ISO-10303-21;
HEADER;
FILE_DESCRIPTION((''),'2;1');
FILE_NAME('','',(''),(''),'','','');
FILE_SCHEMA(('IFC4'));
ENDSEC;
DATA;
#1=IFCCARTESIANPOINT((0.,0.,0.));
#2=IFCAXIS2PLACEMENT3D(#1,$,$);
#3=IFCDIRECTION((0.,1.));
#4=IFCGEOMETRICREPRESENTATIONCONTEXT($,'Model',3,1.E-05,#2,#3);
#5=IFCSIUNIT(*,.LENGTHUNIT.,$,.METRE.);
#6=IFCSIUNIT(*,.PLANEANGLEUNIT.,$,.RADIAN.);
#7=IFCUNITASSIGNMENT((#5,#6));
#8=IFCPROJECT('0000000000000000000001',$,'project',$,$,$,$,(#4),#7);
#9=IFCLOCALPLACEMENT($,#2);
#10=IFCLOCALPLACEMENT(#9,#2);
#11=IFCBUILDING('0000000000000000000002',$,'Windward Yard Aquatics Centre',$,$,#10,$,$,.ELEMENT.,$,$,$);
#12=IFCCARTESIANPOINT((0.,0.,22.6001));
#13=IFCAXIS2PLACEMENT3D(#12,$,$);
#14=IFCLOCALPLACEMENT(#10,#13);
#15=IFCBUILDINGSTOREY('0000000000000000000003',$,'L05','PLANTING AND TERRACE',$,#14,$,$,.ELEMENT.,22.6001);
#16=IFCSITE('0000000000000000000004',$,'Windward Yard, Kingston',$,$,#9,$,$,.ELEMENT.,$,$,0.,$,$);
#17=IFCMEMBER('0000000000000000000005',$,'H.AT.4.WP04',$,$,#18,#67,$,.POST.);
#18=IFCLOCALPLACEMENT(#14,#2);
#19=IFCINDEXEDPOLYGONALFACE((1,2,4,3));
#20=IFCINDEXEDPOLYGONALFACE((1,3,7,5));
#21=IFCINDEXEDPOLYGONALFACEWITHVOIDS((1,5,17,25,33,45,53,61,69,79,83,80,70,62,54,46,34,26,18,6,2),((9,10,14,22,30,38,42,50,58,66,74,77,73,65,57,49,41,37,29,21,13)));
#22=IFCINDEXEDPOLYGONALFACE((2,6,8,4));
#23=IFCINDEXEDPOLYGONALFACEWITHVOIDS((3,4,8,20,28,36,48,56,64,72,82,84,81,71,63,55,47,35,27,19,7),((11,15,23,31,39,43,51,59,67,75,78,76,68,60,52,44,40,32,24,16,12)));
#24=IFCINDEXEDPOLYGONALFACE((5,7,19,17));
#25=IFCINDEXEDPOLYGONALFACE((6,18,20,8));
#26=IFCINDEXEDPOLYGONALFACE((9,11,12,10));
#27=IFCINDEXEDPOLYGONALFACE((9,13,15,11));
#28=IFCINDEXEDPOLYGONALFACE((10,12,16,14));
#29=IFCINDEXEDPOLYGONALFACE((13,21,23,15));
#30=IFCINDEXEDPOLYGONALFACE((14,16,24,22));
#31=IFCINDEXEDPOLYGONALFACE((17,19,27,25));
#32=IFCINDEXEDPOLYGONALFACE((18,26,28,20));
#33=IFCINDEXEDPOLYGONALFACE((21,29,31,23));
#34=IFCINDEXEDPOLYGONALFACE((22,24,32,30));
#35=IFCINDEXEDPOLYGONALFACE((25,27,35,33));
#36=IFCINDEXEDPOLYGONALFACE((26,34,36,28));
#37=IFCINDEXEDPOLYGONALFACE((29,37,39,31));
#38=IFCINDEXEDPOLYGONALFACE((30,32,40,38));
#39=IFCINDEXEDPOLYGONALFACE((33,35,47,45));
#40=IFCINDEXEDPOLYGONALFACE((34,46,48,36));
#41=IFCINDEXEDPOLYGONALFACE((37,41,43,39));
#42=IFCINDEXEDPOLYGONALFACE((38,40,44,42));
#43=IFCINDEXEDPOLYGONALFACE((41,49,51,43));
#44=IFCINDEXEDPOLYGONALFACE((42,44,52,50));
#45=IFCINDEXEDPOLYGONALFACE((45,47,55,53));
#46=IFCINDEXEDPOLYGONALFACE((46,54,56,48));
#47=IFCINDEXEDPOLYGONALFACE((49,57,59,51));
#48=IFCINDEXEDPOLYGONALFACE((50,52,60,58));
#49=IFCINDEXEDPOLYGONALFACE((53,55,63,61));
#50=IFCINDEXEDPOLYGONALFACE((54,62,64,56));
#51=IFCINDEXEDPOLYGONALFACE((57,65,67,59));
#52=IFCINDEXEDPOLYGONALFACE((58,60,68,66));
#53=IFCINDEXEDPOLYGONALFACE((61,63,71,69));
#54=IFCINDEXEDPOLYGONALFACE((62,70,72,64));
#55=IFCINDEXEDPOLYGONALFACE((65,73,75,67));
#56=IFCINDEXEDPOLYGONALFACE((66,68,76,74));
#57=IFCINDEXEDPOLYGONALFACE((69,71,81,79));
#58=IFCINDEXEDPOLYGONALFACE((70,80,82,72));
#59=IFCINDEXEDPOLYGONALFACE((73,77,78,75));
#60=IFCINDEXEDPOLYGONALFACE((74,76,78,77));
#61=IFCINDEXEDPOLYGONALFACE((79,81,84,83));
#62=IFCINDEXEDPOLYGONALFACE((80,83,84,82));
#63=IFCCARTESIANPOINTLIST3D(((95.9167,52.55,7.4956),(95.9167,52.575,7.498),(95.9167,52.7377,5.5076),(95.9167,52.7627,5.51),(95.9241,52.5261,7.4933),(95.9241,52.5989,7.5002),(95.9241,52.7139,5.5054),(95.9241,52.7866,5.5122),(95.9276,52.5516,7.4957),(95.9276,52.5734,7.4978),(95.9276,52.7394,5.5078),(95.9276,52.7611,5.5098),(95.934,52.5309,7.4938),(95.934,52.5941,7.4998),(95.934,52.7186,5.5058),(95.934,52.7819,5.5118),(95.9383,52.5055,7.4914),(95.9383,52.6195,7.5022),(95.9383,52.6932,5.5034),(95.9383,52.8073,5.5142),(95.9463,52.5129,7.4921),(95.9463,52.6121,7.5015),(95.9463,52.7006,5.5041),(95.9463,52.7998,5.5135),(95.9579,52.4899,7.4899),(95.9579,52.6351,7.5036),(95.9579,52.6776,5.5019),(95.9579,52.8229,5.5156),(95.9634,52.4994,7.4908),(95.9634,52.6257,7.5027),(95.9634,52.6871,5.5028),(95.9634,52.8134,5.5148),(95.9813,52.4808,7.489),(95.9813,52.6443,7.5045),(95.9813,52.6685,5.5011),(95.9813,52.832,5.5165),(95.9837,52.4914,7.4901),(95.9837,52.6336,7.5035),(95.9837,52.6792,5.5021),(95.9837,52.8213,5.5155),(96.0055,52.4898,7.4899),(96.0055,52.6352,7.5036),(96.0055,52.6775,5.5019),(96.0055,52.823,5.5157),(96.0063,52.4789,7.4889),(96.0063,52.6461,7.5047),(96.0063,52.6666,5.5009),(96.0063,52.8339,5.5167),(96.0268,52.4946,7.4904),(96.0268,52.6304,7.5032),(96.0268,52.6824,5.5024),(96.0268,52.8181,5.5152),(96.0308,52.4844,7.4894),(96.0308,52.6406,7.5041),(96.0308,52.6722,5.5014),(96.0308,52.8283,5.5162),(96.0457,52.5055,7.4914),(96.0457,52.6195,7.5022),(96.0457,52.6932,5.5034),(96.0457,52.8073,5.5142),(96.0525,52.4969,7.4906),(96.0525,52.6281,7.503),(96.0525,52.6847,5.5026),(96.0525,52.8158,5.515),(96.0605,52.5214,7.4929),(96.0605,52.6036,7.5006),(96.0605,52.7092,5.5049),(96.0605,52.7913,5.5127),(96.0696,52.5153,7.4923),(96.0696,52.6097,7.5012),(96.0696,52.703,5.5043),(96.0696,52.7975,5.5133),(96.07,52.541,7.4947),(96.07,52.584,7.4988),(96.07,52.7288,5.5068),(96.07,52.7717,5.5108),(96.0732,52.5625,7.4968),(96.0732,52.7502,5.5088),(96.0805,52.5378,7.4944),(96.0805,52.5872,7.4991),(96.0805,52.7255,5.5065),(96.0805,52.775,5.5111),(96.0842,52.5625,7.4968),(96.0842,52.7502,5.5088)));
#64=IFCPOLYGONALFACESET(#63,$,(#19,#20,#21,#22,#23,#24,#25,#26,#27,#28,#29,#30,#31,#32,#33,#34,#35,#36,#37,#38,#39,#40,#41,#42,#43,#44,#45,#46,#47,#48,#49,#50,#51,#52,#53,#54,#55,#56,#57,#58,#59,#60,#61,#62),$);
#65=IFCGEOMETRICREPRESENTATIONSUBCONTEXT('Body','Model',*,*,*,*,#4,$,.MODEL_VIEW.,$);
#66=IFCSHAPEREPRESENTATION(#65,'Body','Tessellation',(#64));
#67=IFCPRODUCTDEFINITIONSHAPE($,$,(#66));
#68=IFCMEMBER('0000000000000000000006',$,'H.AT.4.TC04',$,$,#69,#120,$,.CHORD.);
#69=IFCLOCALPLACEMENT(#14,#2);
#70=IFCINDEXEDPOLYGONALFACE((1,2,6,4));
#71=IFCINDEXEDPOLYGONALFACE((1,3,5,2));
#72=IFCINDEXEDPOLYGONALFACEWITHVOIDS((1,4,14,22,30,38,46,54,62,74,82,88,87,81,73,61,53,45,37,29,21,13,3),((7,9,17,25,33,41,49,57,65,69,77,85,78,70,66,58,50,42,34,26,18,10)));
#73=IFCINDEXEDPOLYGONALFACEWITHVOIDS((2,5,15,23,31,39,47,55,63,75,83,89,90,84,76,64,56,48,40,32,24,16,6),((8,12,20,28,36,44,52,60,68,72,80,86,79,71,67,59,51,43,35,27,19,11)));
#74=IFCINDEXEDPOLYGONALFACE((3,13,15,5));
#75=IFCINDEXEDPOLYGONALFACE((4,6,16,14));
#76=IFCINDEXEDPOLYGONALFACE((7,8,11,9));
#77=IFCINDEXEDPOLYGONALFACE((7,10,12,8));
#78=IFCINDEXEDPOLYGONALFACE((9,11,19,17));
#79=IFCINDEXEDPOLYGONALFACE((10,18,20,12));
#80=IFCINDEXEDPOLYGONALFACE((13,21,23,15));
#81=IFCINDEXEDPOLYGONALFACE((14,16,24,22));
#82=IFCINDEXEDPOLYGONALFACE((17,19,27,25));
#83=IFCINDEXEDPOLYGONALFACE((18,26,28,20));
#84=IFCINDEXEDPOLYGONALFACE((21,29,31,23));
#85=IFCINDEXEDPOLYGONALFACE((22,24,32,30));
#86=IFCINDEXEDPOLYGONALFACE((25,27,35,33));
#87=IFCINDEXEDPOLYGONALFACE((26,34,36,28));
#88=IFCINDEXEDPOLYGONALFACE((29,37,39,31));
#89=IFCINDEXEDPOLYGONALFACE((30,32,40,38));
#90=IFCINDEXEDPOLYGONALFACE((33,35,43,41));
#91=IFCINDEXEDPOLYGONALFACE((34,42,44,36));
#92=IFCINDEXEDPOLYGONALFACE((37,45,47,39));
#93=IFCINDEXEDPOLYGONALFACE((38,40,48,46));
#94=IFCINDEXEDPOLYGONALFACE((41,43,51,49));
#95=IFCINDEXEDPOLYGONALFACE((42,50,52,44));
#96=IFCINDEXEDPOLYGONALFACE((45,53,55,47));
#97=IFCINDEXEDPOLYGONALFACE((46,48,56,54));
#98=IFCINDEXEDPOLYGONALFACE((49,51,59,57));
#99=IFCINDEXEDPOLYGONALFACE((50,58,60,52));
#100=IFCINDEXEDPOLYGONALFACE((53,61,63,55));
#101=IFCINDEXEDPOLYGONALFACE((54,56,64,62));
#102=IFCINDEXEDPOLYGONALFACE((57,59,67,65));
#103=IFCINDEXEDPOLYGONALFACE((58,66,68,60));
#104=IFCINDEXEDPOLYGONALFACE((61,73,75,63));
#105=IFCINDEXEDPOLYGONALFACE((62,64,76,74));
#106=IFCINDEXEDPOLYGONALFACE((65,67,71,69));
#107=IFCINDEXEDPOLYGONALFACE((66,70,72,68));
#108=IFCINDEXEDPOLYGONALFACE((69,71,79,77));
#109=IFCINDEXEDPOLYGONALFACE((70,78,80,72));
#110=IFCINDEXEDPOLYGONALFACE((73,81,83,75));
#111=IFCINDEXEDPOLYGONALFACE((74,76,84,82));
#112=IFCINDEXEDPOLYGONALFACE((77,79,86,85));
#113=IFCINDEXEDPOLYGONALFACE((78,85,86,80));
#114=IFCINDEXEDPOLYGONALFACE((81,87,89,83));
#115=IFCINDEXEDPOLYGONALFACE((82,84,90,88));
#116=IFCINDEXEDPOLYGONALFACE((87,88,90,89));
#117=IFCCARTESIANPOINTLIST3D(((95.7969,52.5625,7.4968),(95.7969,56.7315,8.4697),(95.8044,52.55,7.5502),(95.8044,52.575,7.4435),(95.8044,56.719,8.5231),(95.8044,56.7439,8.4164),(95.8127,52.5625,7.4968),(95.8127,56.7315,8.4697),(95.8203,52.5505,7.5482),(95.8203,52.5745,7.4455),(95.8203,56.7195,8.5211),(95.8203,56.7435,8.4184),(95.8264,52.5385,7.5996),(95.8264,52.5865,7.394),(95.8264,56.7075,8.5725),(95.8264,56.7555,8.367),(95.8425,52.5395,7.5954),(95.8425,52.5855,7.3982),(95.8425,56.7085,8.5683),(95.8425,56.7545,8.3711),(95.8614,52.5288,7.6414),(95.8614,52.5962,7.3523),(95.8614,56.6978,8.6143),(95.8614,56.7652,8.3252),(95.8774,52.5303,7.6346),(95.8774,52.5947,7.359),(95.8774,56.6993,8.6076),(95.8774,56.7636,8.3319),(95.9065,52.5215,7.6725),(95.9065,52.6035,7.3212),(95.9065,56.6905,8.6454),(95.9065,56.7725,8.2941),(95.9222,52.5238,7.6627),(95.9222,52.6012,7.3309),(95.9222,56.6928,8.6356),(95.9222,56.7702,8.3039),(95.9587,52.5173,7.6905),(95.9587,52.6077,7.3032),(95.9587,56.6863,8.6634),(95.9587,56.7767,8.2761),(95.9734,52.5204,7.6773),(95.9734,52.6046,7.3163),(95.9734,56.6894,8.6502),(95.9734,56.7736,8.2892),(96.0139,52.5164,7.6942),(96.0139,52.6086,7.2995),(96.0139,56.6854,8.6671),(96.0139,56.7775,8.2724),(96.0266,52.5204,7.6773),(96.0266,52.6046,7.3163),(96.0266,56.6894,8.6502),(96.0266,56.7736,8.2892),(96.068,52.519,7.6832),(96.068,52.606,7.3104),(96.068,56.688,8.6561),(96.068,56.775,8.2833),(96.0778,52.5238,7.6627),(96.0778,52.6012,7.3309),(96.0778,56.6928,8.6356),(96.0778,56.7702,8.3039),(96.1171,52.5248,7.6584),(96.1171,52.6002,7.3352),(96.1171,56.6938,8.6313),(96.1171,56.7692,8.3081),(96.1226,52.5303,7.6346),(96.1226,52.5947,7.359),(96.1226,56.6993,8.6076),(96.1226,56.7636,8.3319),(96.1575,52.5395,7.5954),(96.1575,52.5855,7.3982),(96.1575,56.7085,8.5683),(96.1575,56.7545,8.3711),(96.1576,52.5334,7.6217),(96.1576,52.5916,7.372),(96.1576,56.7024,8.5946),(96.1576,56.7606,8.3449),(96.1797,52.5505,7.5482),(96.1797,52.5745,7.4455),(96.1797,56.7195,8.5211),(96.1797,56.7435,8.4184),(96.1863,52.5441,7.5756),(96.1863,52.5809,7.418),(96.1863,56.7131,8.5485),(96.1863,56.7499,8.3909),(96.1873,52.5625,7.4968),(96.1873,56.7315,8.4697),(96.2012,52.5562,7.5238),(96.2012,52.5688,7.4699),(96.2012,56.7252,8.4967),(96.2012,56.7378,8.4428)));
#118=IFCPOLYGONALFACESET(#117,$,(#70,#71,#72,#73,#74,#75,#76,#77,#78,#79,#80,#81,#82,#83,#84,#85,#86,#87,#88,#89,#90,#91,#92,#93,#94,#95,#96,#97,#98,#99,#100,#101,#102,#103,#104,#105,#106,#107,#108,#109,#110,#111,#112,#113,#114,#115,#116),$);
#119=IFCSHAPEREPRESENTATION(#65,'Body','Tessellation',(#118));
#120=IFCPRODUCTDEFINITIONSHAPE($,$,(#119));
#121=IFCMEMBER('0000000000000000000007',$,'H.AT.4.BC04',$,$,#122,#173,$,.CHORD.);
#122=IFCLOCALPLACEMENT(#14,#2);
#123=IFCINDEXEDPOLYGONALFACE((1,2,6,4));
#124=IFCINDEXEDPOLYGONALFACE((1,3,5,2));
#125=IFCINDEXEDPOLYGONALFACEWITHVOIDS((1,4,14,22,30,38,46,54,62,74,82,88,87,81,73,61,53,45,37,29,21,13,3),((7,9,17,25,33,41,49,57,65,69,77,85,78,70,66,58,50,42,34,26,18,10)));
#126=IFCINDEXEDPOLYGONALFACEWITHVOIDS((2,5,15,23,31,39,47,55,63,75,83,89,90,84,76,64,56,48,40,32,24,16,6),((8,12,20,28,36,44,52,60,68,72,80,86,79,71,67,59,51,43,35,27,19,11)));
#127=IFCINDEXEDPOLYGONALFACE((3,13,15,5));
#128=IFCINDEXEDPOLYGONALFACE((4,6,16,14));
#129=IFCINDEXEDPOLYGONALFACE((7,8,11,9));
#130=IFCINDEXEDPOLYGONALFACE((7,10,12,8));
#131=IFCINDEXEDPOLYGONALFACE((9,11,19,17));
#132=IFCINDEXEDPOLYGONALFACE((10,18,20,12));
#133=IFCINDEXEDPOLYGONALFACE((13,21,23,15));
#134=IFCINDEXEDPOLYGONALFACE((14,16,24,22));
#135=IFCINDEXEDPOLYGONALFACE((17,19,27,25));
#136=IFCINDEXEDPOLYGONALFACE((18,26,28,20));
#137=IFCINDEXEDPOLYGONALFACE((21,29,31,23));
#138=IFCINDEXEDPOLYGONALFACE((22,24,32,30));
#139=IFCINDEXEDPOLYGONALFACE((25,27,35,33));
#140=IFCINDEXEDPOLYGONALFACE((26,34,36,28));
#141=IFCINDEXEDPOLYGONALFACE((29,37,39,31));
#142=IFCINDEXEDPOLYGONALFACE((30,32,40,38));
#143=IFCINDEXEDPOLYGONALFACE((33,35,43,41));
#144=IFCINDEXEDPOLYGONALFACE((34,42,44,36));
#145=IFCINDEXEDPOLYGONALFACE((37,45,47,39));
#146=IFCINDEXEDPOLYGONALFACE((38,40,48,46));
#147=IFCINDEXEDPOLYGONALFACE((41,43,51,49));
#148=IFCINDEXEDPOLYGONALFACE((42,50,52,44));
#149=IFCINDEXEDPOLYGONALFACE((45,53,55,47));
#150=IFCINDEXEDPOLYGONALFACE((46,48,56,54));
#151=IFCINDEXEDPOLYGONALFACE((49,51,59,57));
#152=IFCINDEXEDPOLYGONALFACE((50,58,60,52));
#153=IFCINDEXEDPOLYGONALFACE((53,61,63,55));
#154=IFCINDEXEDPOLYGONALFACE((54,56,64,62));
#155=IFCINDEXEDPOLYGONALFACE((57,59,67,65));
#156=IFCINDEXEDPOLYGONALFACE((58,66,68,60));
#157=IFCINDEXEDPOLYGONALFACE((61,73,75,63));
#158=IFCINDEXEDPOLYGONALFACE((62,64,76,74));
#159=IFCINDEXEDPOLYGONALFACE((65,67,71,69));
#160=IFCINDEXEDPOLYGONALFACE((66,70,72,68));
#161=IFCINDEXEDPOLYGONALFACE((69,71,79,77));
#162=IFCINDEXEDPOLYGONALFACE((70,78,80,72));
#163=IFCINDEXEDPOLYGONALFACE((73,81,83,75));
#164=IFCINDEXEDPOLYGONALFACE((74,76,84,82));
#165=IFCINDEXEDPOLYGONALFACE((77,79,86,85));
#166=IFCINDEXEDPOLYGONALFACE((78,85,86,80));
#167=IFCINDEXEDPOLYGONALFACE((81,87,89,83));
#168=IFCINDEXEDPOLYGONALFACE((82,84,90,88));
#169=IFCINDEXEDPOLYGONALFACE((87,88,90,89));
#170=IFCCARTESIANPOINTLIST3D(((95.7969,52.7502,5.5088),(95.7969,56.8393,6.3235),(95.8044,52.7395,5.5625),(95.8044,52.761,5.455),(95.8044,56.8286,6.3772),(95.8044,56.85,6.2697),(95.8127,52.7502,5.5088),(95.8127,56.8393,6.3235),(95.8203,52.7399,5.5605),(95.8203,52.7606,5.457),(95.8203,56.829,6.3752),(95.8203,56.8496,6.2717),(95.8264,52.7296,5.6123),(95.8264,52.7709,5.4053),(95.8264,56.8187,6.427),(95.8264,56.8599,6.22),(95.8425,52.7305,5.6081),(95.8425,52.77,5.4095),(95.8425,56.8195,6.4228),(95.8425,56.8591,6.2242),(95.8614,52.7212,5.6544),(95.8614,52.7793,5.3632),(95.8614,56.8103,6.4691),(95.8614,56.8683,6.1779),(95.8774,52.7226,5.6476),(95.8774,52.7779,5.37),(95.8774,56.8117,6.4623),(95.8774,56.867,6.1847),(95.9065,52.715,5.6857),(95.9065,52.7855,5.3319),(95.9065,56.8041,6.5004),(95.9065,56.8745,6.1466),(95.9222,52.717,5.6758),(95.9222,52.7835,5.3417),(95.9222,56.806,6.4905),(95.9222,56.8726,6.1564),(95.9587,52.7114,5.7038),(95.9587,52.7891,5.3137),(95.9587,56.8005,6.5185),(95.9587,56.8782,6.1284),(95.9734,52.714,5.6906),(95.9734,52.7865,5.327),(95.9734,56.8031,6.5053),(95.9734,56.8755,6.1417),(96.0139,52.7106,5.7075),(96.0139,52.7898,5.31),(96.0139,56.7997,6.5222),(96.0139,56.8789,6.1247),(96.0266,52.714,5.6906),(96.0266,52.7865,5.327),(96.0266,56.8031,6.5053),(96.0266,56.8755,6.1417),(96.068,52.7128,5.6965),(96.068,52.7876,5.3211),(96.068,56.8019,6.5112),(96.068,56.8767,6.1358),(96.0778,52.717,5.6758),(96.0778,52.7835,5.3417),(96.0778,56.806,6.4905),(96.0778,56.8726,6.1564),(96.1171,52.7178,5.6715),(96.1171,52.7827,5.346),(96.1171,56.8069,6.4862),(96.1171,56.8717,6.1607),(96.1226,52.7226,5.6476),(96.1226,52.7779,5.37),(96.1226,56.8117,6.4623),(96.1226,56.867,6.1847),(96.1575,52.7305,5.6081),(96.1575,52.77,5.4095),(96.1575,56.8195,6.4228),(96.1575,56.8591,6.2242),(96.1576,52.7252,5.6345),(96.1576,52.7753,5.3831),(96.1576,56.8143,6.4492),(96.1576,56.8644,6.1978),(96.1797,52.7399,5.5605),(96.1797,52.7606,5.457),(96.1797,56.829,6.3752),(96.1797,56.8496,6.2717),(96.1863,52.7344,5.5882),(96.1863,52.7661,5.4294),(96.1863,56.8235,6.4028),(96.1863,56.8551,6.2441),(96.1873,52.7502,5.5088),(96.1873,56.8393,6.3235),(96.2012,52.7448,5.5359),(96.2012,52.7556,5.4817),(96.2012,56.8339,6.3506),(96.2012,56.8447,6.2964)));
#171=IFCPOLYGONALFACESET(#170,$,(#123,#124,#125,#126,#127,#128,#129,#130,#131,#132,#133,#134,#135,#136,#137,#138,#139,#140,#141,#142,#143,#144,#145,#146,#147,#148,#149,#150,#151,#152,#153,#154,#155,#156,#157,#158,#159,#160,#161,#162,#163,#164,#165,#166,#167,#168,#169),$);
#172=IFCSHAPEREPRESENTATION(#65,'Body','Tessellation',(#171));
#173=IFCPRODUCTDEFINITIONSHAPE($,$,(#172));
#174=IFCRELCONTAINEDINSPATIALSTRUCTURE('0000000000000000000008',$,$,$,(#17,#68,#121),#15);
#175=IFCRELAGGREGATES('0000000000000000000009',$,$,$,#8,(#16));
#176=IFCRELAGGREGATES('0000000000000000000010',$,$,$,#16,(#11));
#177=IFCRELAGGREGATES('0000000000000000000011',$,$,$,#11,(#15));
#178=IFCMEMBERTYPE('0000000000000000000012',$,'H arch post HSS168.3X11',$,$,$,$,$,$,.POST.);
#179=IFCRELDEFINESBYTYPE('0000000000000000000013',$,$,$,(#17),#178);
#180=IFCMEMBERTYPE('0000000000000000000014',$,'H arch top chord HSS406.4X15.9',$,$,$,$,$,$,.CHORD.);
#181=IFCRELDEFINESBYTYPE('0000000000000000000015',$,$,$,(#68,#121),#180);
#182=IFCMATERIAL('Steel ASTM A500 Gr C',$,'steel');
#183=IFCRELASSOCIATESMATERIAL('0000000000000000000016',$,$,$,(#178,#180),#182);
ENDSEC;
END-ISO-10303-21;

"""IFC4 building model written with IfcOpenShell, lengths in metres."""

from ifc_helpers import new_model, si_unit, direction, frame, origin, origin_2d, place, context, subcontext, project, spatial, hollow_circle, extrude, material, material_profile, profile_set, type_object, element, save


model = new_model("IFC4")

# Units and contexts
model_context = context("Model", 3, precision=1e-05, world=origin(), true_north=direction((0.0, 1.0)))
body_context = subcontext(model_context, "Body", "Model", "MODEL_VIEW")
ifc_project = project(units=[si_unit("LENGTHUNIT", "METRE"), si_unit("PLANEANGLEUNIT", "RADIAN")], contexts=[model_context])

# Site, building, storey
site_placement = place(None, origin())
site = spatial("IfcSite", under=ifc_project, at=site_placement, Name="Windward Yard, Kingston", CompositionType="ELEMENT", RefElevation=0.0)
building_placement = place(site_placement, origin())
building = spatial("IfcBuilding", under=site, at=building_placement, Name="Windward Yard Aquatics Centre", CompositionType="ELEMENT")
storey_placement = place(building_placement, frame((0.0, 0.0, 22.6001)))
storey = spatial("IfcBuildingStorey", under=building, at=storey_placement, Name="L05", Description="PLANTING AND TERRACE", CompositionType="ELEMENT", Elevation=22.6001)

# Members
ifc_material_1 = material(Name="Steel ASTM A500 Gr C", Category="steel")
ifc_material_profile_1 = material_profile(ifc_material_1, hollow_circle(Radius=0.0842, WallThickness=0.011, at=origin_2d()), Name="HSS168.3X11")
ifc_profile_set_1 = profile_set([ifc_material_profile_1], Name="Steel ASTM A500 Gr C")
member_type_1 = type_object("IfcMemberType", Name="H arch post HSS168.3X11", PredefinedType="POST", material=ifc_profile_set_1)
member_1_placement = place(storey_placement, frame((96.0, 52.7502, 5.5088), z_axis=(0.0, -0.094019, 0.99557), x_axis=(1.0, 0.0, 0.0)))
element("IfcMember", 1, at=member_1_placement, inside=storey, type_object=member_type_1, Name="H.AT.4.WP04", PredefinedType="POST", context=body_context, shape_type="SweptSolid", body=[
    extrude(hollow_circle(Radius=0.0842, WallThickness=0.011, at=origin_2d()), origin(), (0.0, 0.0, 1.0), 1.9968),
])
ifc_material_profile_2 = material_profile(ifc_material_1, hollow_circle(Radius=0.2031, WallThickness=0.0159, at=origin_2d()), Name="HSS406.4X15.9")
ifc_profile_set_2 = profile_set([ifc_material_profile_2], Name="Steel ASTM A500 Gr C")
member_type_2 = type_object("IfcMemberType", Name="H arch top chord HSS406.4X15.9", PredefinedType="CHORD", material=ifc_profile_set_2)
member_2_placement = place(storey_placement, frame((96.0, 52.5625, 7.4968), z_axis=(0.0, 0.973834, 0.227262), x_axis=(-1.0, 0.0, 0.0)))
element("IfcMember", 2, at=member_2_placement, inside=storey, type_object=member_type_2, Name="H.AT.4.TC04", PredefinedType="CHORD", context=body_context, shape_type="SweptSolid", body=[
    extrude(hollow_circle(Radius=0.2031, WallThickness=0.0159, at=origin_2d()), origin(), (0.0, 0.0, 1.0), 4.281),
])
member_3_placement = place(storey_placement, frame((96.0, 52.7502, 5.5088), z_axis=(0.0, 0.980725, 0.195395), x_axis=(-1.0, 0.0, 0.0)))
element("IfcMember", 3, at=member_3_placement, inside=storey, type_object=member_type_2, Name="H.AT.4.BC04", PredefinedType="CHORD", context=body_context, shape_type="SweptSolid", body=[
    extrude(hollow_circle(Radius=0.2031, WallThickness=0.0159, at=origin_2d()), origin(), (0.0, 0.0, 1.0), 4.1694),
])

save(model, "model.ifc")
